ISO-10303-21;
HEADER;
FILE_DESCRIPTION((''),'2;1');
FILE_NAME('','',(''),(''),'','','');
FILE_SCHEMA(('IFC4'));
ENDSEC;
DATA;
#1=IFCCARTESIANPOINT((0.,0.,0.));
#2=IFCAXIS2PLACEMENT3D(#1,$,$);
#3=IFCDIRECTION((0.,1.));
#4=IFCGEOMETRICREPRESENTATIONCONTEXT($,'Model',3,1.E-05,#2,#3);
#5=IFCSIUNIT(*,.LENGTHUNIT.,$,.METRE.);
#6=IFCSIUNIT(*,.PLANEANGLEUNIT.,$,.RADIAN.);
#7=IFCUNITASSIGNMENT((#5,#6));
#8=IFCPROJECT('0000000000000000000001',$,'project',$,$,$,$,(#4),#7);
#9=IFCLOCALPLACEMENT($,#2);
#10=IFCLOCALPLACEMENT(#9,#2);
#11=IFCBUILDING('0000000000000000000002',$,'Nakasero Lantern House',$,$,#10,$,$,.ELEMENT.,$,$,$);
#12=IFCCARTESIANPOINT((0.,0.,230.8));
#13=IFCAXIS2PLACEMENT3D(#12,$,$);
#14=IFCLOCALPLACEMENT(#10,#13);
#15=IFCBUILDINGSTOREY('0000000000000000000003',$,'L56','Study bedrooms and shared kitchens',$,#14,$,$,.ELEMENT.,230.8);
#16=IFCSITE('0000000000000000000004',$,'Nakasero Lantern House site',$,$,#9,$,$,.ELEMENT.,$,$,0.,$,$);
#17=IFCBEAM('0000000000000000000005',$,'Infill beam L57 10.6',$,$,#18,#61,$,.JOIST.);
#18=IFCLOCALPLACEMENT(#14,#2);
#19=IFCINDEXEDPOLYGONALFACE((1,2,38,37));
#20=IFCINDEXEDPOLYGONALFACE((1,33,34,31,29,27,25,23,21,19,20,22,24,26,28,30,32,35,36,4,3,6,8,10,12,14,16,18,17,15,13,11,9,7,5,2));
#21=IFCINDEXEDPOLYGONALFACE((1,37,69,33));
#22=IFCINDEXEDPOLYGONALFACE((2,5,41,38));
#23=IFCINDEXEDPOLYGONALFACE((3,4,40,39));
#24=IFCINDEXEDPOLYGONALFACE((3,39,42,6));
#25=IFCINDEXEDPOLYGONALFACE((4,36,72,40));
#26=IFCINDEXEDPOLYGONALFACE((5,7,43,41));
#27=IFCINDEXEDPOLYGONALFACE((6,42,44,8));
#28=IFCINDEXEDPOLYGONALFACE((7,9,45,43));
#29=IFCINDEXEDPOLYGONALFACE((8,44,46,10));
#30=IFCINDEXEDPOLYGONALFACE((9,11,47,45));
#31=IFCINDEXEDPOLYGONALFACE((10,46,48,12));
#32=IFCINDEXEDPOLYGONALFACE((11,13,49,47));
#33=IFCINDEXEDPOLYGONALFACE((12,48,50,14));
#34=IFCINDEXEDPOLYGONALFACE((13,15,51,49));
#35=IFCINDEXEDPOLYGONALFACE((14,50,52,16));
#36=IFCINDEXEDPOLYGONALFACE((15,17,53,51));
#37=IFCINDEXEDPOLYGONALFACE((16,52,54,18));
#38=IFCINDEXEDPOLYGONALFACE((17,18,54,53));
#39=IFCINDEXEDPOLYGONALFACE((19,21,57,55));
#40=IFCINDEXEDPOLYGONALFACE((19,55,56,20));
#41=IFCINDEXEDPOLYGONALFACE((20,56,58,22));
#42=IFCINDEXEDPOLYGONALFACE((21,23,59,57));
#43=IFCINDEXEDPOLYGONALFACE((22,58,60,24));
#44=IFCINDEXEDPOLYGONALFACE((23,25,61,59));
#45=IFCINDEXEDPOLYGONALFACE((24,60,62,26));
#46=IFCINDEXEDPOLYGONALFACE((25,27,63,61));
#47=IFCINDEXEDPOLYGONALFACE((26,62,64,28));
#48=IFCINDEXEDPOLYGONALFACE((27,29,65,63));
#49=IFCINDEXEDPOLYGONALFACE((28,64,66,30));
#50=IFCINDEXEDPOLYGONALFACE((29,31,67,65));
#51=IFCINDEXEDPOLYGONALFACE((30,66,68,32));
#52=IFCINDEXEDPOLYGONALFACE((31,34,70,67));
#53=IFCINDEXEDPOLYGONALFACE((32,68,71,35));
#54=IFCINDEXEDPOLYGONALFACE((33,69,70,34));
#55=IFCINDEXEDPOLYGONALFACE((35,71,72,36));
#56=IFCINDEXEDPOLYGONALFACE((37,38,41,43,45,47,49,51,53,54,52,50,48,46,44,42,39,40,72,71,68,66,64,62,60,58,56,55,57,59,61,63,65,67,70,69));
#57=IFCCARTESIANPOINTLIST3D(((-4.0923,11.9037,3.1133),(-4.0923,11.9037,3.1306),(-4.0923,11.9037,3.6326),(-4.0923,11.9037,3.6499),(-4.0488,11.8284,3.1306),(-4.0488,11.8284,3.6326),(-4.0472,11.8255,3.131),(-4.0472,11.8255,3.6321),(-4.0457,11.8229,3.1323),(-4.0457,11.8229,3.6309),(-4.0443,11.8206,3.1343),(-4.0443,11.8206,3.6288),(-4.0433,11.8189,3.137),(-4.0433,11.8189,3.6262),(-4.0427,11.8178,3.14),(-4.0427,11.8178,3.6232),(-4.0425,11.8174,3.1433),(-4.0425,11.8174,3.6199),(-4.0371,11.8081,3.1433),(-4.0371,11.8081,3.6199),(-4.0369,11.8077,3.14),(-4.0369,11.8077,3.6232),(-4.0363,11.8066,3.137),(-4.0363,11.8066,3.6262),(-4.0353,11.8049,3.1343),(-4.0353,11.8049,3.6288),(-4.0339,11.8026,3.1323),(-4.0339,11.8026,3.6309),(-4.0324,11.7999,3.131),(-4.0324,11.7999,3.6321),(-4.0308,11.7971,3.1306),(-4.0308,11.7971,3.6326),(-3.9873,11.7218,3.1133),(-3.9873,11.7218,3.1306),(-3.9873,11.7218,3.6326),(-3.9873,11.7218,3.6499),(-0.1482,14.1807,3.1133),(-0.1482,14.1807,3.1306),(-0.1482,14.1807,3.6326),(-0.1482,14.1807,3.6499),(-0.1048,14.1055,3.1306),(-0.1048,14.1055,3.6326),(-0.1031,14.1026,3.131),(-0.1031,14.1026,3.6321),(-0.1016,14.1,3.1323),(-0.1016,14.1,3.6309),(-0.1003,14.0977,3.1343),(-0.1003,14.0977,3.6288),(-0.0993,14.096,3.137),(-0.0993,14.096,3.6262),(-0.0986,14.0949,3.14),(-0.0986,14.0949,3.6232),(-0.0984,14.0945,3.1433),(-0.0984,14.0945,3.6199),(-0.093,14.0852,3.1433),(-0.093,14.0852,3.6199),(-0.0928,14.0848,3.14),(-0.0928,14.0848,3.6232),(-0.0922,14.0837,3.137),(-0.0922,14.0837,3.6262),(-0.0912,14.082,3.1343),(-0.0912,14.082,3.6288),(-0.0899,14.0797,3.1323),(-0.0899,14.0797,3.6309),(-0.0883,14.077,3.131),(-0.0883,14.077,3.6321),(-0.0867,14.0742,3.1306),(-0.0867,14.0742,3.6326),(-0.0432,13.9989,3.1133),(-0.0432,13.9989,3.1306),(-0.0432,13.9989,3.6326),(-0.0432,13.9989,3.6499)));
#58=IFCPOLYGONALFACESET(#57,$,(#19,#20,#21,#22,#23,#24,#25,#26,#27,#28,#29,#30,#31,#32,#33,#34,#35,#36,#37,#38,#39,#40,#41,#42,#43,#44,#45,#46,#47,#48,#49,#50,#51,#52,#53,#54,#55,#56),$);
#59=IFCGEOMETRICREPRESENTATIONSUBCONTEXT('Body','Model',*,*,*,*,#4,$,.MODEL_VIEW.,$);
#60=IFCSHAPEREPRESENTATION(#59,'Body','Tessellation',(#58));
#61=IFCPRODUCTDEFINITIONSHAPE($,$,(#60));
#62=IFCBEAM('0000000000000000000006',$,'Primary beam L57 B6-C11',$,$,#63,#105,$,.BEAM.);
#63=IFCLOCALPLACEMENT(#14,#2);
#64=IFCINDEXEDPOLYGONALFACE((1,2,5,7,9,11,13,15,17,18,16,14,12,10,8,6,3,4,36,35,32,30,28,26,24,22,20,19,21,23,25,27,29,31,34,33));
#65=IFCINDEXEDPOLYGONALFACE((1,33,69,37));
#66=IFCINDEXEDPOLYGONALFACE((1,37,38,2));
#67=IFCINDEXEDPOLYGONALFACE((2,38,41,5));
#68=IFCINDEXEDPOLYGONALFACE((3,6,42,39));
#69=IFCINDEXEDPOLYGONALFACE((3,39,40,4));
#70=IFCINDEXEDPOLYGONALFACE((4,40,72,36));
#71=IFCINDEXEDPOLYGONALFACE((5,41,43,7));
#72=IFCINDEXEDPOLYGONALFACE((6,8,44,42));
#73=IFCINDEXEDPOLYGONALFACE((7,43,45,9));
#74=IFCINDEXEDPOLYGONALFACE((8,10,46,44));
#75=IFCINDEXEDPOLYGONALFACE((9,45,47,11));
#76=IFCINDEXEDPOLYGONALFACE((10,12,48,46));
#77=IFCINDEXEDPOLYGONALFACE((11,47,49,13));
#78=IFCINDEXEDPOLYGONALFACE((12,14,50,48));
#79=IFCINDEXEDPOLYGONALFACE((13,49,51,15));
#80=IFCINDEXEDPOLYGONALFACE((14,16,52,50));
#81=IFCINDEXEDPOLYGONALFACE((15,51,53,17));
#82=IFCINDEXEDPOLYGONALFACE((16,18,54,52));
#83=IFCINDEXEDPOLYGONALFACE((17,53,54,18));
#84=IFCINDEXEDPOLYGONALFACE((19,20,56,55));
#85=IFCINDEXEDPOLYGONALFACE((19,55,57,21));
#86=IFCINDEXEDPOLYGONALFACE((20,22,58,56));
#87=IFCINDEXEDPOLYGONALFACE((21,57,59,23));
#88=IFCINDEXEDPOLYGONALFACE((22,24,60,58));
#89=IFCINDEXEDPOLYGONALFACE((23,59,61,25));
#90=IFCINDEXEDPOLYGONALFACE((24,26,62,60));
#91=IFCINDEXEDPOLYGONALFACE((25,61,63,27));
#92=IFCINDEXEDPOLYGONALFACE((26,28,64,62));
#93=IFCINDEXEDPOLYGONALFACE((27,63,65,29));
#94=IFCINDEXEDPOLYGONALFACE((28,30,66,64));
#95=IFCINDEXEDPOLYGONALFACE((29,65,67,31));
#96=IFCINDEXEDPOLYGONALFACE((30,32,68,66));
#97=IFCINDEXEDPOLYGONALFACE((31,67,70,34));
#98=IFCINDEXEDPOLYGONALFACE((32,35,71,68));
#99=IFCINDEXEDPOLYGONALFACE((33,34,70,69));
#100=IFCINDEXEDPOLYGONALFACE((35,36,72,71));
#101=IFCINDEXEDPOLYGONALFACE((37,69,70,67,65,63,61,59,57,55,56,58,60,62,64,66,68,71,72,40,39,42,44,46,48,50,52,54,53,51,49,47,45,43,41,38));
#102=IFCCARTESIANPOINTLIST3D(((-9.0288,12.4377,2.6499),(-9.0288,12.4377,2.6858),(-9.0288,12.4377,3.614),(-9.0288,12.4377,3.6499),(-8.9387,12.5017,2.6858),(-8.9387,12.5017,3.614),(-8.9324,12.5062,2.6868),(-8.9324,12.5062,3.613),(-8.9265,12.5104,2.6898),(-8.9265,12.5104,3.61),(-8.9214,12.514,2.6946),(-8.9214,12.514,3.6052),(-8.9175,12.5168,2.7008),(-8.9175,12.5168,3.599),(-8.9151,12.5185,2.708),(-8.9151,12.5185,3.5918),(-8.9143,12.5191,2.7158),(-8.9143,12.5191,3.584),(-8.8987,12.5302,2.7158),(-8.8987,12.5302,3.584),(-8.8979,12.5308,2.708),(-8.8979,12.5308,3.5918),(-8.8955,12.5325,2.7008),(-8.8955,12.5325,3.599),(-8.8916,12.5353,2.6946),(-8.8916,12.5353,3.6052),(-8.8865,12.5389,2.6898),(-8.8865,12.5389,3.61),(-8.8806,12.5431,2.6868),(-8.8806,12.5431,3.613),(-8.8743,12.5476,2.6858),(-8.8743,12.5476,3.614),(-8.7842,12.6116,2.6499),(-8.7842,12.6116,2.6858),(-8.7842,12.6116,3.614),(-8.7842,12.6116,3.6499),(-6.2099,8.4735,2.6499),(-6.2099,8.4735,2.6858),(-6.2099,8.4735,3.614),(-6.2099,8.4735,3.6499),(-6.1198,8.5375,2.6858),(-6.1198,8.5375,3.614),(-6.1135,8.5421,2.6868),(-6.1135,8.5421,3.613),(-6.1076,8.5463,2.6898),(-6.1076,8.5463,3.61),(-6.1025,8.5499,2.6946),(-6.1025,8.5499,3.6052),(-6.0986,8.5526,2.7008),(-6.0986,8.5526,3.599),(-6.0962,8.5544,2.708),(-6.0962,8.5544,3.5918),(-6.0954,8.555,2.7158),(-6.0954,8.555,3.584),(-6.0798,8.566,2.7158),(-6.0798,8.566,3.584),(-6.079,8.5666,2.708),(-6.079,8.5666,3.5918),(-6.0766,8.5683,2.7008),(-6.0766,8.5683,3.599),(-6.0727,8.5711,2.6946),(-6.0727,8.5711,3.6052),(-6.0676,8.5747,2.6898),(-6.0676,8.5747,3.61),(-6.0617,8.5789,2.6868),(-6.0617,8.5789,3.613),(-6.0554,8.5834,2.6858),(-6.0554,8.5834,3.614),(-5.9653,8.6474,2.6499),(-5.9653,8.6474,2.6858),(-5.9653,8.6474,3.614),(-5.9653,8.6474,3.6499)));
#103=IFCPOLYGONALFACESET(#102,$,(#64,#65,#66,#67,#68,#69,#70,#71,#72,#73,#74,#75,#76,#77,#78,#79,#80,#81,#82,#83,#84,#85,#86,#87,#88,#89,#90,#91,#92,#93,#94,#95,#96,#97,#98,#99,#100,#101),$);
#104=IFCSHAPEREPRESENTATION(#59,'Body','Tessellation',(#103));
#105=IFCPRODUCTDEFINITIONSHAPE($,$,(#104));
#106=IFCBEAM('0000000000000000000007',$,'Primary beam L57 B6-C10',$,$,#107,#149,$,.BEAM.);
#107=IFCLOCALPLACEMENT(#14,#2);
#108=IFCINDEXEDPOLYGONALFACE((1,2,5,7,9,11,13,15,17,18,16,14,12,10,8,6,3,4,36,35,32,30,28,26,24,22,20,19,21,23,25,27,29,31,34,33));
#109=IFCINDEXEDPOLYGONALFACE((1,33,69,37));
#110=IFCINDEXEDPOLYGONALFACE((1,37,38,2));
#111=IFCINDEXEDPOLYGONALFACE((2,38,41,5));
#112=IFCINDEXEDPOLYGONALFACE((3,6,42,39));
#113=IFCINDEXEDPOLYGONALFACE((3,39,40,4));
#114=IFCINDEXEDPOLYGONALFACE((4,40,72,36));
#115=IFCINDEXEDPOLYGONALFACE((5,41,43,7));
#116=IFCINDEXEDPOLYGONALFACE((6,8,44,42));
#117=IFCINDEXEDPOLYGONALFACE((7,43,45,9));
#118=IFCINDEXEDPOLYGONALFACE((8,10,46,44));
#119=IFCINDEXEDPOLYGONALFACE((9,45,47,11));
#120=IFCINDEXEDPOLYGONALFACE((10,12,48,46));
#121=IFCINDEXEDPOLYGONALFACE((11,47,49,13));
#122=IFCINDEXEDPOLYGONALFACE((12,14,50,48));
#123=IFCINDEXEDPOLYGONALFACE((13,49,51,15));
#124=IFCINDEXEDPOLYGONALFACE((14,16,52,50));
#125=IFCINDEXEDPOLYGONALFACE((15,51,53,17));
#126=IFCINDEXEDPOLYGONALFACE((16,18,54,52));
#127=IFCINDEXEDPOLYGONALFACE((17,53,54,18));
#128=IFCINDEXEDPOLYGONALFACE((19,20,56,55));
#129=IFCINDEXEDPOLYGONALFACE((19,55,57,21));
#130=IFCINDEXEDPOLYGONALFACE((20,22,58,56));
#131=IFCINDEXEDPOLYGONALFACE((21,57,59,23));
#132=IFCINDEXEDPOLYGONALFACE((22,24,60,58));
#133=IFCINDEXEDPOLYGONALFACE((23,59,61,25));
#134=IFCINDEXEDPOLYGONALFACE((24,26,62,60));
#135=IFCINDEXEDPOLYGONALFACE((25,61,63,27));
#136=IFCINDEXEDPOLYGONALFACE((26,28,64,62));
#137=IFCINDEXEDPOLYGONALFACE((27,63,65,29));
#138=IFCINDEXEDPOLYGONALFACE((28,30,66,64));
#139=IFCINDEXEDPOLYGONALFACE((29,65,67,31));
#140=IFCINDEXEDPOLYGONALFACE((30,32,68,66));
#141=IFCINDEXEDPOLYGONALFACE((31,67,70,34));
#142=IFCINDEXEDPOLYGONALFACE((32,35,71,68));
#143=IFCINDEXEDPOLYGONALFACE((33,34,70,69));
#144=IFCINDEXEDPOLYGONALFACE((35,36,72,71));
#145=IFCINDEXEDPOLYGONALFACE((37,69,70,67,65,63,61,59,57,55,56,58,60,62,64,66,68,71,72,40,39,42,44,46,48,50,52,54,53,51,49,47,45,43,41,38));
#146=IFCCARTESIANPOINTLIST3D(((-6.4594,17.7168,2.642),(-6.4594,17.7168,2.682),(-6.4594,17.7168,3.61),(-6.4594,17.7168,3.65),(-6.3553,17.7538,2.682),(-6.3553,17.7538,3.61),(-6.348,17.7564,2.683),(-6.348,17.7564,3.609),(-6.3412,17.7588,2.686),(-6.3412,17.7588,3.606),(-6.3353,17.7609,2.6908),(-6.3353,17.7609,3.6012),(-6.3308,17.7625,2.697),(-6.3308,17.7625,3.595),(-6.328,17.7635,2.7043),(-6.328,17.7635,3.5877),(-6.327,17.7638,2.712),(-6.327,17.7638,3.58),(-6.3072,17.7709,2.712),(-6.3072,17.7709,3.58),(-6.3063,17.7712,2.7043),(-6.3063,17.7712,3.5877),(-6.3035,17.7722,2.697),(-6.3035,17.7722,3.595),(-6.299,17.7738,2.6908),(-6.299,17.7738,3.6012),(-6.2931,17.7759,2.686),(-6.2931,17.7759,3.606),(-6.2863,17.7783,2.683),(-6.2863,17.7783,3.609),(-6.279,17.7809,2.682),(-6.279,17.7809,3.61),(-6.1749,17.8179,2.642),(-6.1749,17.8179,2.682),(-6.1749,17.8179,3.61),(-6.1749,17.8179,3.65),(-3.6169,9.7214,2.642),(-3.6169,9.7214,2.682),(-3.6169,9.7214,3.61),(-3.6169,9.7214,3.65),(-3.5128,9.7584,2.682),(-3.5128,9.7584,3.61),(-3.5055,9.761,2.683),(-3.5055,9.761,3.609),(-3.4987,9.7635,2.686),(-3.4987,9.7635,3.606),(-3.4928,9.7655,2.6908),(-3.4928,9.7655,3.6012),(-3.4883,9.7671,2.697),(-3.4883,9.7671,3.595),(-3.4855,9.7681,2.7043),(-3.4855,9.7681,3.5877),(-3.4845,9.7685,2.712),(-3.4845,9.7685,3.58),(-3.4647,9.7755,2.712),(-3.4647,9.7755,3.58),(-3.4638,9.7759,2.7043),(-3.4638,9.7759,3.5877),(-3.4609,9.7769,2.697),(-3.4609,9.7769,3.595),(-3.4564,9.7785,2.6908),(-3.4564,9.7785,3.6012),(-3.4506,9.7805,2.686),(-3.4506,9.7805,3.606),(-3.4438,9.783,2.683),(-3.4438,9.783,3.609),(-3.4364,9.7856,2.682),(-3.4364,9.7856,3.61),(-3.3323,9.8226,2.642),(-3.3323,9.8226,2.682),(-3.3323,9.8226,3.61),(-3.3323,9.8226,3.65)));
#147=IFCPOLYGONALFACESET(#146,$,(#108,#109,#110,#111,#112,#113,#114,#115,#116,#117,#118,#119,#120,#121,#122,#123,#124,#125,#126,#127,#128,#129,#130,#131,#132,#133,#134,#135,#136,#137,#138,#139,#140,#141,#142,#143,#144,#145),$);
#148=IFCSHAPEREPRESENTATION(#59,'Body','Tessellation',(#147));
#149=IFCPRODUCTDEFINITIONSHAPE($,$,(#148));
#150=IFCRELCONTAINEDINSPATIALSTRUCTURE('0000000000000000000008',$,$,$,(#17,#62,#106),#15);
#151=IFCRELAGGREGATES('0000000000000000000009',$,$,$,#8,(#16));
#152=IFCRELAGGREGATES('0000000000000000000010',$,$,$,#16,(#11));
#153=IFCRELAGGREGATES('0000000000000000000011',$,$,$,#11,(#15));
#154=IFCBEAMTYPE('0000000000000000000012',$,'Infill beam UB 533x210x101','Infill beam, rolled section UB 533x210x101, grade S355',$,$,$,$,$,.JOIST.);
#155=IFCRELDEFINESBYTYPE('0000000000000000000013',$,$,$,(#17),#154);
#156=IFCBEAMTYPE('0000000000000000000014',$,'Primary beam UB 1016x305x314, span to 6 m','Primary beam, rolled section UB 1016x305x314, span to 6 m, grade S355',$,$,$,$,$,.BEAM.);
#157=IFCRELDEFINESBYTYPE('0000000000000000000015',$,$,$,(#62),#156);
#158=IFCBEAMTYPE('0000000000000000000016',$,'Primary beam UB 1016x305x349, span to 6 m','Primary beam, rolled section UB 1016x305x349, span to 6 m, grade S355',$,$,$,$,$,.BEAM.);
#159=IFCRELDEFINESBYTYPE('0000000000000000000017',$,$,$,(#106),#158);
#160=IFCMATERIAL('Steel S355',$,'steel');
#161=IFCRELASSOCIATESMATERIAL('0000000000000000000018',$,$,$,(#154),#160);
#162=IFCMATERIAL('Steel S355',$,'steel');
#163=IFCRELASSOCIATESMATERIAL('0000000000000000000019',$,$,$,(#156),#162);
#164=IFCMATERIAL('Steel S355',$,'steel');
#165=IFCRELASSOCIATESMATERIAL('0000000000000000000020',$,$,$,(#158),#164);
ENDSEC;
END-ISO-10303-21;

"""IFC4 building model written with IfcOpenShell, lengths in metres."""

from ifc_helpers import new_model, si_unit, direction, frame, origin, origin_2d, place, context, subcontext, project, spatial, i_section, extrude, material, material_profile, profile_set, type_object, element, save


model = new_model("IFC4")

# Units and contexts
model_context = context("Model", 3, precision=1e-05, world=origin(), true_north=direction((0.0, 1.0)))
body_context = subcontext(model_context, "Body", "Model", "MODEL_VIEW")
ifc_project = project(units=[si_unit("LENGTHUNIT", "METRE"), si_unit("PLANEANGLEUNIT", "RADIAN")], contexts=[model_context])

# Site, building, storey
site_placement = place(None, origin())
site = spatial("IfcSite", under=ifc_project, at=site_placement, Name="Nakasero Lantern House site", CompositionType="ELEMENT", RefElevation=0.0)
building_placement = place(site_placement, origin())
building = spatial("IfcBuilding", under=site, at=building_placement, Name="Nakasero Lantern House", CompositionType="ELEMENT")
storey_placement = place(building_placement, frame((0.0, 0.0, 230.8)))
storey = spatial("IfcBuildingStorey", under=building, at=storey_placement, Name="L56", Description="Study bedrooms and shared kitchens", CompositionType="ELEMENT", Elevation=230.8)

# Beams
ifc_material_1 = material(Name="Steel S355", Category="steel")
ifc_material_profile_1 = material_profile(ifc_material_1, i_section(OverallWidth=0.21, OverallDepth=0.5366, WebThickness=0.0107, FlangeThickness=0.0173, FilletRadius=0.0127, at=origin_2d()), Name="UB 533x210x101")
ifc_profile_set_1 = profile_set([ifc_material_profile_1], Name="Steel S355")
beam_type_1 = type_object("IfcBeamType", Name="Infill beam UB 533x210x101", Description="Infill beam, rolled section UB 533x210x101, grade S355", PredefinedType="JOIST", material=ifc_profile_set_1)
beam_1_placement = place(storey_placement, frame((-4.0398, 11.8127, 3.3816), z_axis=(0.866028, 0.499996, 0.0), x_axis=(-0.499996, 0.866028, 0.0)))
element("IfcBeam", 1, at=beam_1_placement, inside=storey, type_object=beam_type_1, Name="Infill beam L57 10.6", PredefinedType="JOIST", context=body_context, shape_type="SweptSolid", body=[
    extrude(i_section(OverallWidth=0.21, OverallDepth=0.5366, WebThickness=0.0107, FlangeThickness=0.0173, FilletRadius=0.0127, at=origin_2d()), origin(), (0.0, 0.0, 1.0), 4.5542),
])
ifc_material_2 = material(Name="Steel S355", Category="steel")
ifc_material_profile_2 = material_profile(ifc_material_2, i_section(OverallWidth=0.3, OverallDepth=1.0, WebThickness=0.019, FlangeThickness=0.0359, FilletRadius=0.03, at=origin_2d()), Name="UB 1016x305x314")
ifc_profile_set_2 = profile_set([ifc_material_profile_2], Name="Steel S355")
beam_type_2 = type_object("IfcBeamType", Name="Primary beam UB 1016x305x314, span to 6 m", Description="Primary beam, rolled section UB 1016x305x314, span to 6 m, grade S355", PredefinedType="BEAM", material=ifc_profile_set_2)
beam_2_placement = place(storey_placement, frame((-8.9065, 12.5247, 3.1499), z_axis=(0.579513, -0.814963, 0.0), x_axis=(0.814963, 0.579513, 0.0)))
element("IfcBeam", 2, at=beam_2_placement, inside=storey, type_object=beam_type_2, Name="Primary beam L57 B6-C11", PredefinedType="BEAM", context=body_context, shape_type="SweptSolid", body=[
    extrude(i_section(OverallWidth=0.3, OverallDepth=1.0, WebThickness=0.019, FlangeThickness=0.0359, FilletRadius=0.03, at=origin_2d()), origin(), (0.0, 0.0, 1.0), 4.8643),
])
ifc_material_3 = material(Name="Steel S355", Category="steel")
ifc_material_profile_3 = material_profile(ifc_material_3, i_section(OverallWidth=0.302, OverallDepth=1.0081, WebThickness=0.021, FlangeThickness=0.04, FilletRadius=0.03, at=origin_2d()), Name="UB 1016x305x349")
ifc_profile_set_3 = profile_set([ifc_material_profile_3], Name="Steel S355")
beam_type_3 = type_object("IfcBeamType", Name="Primary beam UB 1016x305x349, span to 6 m", Description="Primary beam, rolled section UB 1016x305x349, span to 6 m, grade S355", PredefinedType="BEAM", material=ifc_profile_set_3)
beam_3_placement = place(storey_placement, frame((-6.3171, 17.7673, 3.146), z_axis=(0.334982, -0.942225, 0.0), x_axis=(0.942225, 0.334982, 0.0)))
element("IfcBeam", 3, at=beam_3_placement, inside=storey, type_object=beam_type_3, Name="Primary beam L57 B6-C10", PredefinedType="BEAM", context=body_context, shape_type="SweptSolid", body=[
    extrude(i_section(OverallWidth=0.302, OverallDepth=1.0081, WebThickness=0.021, FlangeThickness=0.04, FilletRadius=0.03, at=origin_2d()), origin(), (0.0, 0.0, 1.0), 8.4856),
])

save(model, "model.ifc")
